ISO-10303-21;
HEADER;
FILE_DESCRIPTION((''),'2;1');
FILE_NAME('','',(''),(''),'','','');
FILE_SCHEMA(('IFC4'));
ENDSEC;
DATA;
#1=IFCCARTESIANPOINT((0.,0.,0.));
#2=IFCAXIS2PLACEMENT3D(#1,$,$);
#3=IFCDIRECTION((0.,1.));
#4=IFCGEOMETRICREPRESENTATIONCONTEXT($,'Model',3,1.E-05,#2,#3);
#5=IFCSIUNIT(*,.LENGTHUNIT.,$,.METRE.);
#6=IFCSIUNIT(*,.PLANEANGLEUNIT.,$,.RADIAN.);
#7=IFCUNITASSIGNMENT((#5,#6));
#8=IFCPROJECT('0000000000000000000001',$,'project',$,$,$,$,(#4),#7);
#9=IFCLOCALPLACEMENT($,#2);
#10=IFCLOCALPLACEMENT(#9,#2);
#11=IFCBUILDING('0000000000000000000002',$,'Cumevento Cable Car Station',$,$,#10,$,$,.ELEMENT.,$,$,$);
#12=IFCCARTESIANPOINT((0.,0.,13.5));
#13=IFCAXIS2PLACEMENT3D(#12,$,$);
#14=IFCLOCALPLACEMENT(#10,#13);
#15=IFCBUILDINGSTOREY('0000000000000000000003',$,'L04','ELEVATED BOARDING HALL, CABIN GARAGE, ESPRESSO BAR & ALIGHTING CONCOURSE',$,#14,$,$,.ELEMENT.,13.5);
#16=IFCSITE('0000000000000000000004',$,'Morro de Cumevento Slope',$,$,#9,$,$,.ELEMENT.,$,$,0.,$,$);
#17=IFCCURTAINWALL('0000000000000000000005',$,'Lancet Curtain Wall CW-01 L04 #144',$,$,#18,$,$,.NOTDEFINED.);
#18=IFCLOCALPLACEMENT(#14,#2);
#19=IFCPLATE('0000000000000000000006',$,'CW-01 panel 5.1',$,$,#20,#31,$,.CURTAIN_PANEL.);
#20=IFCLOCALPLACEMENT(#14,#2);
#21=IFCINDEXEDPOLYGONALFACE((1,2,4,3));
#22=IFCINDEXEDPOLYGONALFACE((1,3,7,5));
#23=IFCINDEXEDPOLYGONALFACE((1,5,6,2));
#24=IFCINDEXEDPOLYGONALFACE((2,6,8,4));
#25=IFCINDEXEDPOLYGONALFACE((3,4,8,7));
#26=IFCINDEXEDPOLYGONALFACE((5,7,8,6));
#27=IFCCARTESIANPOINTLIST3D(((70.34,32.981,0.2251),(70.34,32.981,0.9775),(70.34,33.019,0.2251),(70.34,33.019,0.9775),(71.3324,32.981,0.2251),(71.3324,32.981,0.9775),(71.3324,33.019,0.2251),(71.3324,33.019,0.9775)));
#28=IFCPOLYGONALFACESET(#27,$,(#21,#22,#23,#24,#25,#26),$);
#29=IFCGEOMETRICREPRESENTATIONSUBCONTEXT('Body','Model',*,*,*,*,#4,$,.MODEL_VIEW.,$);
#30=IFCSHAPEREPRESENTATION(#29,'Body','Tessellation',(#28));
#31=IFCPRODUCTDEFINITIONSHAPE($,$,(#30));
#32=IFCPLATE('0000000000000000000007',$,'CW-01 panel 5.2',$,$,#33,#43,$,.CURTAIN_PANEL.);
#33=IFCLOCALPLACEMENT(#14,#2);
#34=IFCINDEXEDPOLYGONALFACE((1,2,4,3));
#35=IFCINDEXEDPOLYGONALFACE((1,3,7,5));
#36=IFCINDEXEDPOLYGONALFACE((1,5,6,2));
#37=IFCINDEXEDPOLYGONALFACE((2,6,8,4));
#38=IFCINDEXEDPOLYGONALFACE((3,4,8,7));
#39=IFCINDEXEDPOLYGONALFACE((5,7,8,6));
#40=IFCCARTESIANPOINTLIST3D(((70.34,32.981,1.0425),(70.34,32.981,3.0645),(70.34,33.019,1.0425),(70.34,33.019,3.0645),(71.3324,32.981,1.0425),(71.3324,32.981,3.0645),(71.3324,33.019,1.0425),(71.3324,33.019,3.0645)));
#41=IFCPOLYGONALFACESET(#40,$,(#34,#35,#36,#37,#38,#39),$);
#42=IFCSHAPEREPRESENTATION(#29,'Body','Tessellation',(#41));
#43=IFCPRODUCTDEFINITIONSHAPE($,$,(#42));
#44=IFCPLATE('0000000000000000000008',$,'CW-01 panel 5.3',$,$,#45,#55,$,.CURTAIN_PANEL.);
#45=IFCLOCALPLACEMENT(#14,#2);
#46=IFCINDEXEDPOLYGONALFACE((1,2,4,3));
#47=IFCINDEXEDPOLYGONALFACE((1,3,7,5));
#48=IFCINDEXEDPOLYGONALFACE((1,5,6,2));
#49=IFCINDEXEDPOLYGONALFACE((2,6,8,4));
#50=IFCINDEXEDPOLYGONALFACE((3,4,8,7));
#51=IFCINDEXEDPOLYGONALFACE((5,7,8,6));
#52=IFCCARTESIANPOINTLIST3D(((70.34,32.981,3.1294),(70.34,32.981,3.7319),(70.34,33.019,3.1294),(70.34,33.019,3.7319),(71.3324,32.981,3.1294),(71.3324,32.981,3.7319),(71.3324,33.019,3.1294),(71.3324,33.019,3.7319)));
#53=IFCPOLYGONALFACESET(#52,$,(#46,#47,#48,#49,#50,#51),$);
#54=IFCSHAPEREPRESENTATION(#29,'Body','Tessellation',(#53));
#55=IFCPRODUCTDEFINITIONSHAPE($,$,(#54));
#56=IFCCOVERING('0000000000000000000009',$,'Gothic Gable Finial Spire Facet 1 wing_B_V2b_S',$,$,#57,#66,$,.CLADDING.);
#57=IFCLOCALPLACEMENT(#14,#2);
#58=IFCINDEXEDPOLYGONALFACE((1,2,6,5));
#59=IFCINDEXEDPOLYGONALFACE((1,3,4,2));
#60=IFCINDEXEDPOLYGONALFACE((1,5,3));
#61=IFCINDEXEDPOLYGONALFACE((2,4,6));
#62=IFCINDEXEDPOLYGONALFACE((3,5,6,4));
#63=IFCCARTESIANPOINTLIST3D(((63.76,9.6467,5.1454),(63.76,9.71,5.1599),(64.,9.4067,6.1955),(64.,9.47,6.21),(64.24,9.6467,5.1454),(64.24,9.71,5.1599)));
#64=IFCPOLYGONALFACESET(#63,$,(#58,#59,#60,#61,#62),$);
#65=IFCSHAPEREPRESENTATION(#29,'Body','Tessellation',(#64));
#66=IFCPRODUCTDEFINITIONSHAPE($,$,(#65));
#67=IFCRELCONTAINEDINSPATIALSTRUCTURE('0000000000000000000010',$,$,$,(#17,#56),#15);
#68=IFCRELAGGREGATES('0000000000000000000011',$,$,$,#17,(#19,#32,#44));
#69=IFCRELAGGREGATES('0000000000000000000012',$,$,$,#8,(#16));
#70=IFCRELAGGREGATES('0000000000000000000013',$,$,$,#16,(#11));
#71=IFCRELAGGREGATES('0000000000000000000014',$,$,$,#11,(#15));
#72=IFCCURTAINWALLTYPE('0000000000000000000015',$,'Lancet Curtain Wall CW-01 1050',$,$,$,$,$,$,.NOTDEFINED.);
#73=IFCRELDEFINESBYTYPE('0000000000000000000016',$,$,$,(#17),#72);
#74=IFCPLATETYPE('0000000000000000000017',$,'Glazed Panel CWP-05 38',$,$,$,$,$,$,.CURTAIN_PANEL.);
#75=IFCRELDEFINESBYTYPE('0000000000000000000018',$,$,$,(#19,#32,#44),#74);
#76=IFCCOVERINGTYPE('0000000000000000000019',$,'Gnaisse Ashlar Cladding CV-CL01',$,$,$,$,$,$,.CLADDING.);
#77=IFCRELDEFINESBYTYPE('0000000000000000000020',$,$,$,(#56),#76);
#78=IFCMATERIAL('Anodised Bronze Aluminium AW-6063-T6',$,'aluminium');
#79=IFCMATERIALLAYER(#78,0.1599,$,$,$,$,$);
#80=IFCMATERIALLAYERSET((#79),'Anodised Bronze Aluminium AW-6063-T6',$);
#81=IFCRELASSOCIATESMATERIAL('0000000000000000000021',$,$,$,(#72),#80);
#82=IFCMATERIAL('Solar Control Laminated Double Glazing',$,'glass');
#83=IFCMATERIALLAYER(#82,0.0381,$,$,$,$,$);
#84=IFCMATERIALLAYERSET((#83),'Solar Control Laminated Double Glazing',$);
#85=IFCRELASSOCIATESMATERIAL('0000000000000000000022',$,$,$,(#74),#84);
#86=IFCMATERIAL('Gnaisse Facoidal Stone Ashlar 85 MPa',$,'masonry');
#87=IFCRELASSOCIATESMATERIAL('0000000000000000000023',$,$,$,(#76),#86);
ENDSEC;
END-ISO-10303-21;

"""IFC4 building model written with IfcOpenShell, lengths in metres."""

from ifc_helpers import new_model, si_unit, direction, frame, origin, origin_2d, place, context, subcontext, project, spatial, polyline, rectangle, outline, extrude, material, layer, layer_set, type_object, element, aggregate, save


model = new_model("IFC4")

# Units and contexts
model_context = context("Model", 3, precision=1e-05, world=origin(), true_north=direction((0.0, 1.0)))
body_context = subcontext(model_context, "Body", "Model", "MODEL_VIEW")
ifc_project = project(units=[si_unit("LENGTHUNIT", "METRE"), si_unit("PLANEANGLEUNIT", "RADIAN")], contexts=[model_context])

# Site, building, storey
site_placement = place(None, origin())
site = spatial("IfcSite", under=ifc_project, at=site_placement, Name="Morro de Cumevento Slope", CompositionType="ELEMENT", RefElevation=0.0)
building_placement = place(site_placement, origin())
building = spatial("IfcBuilding", under=site, at=building_placement, Name="Cumevento Cable Car Station", CompositionType="ELEMENT")
storey_placement = place(building_placement, frame((0.0, 0.0, 13.5)))
storey = spatial("IfcBuildingStorey", under=building, at=storey_placement, Name="L04", Description="ELEVATED BOARDING HALL, CABIN GARAGE, ESPRESSO BAR & ALIGHTING CONCOURSE", CompositionType="ELEMENT", Elevation=13.5)

# Curtain wall
ifc_material_1 = material(Name="Anodised Bronze Aluminium AW-6063-T6", Category="aluminium")
ifc_layer_1 = layer(ifc_material_1, 0.1599)
ifc_layer_set_1 = layer_set([ifc_layer_1], Name="Anodised Bronze Aluminium AW-6063-T6")
curtain_wall_type = type_object("IfcCurtainWallType", Name="Lancet Curtain Wall CW-01 1050", PredefinedType="NOTDEFINED", material=ifc_layer_set_1)
curtain_wall_placement = place(storey_placement, origin())
curtain_wall = element("IfcCurtainWall", 1, at=curtain_wall_placement, inside=storey, type_object=curtain_wall_type, Name="Lancet Curtain Wall CW-01 L04 #144", PredefinedType="NOTDEFINED")

# Plates
ifc_material_2 = material(Name="Solar Control Laminated Double Glazing", Category="glass")
ifc_layer_2 = layer(ifc_material_2, 0.0381)
ifc_layer_set_2 = layer_set([ifc_layer_2], Name="Solar Control Laminated Double Glazing")
plate_type = type_object("IfcPlateType", Name="Glazed Panel CWP-05 38", PredefinedType="CURTAIN_PANEL", material=ifc_layer_set_2)
plate_1_placement = place(storey_placement, frame((70.8362, 33.0, 0.2251), z_axis=(0.0, 0.0, 1.0), x_axis=(-1.0, 0.0, 0.0)))
plate_1 = element("IfcPlate", 2, at=plate_1_placement, type_object=plate_type, Name="CW-01 panel 5.1", PredefinedType="CURTAIN_PANEL", context=body_context, shape_type="SweptSolid", body=[
    extrude(rectangle(XDim=0.9924, YDim=0.0381, at=origin_2d()), origin(), (0.0, 0.0, 1.0), 0.7524),
])
plate_2_placement = place(storey_placement, frame((70.8362, 33.0, 1.0425), z_axis=(0.0, 0.0, 1.0), x_axis=(-1.0, 0.0, 0.0)))
plate_2 = element("IfcPlate", 3, at=plate_2_placement, type_object=plate_type, Name="CW-01 panel 5.2", PredefinedType="CURTAIN_PANEL", context=body_context, shape_type="SweptSolid", body=[
    extrude(rectangle(XDim=0.9924, YDim=0.0381, at=origin_2d()), origin(), (0.0, 0.0, 1.0), 2.022),
])
plate_3_placement = place(storey_placement, frame((70.8362, 33.0, 3.1294), z_axis=(0.0, 0.0, 1.0), x_axis=(-1.0, 0.0, 0.0)))
plate_3 = element("IfcPlate", 4, at=plate_3_placement, type_object=plate_type, Name="CW-01 panel 5.3", PredefinedType="CURTAIN_PANEL", context=body_context, shape_type="SweptSolid", body=[
    extrude(rectangle(XDim=0.9924, YDim=0.0381, at=origin_2d()), origin(), (0.0, 0.0, 1.0), 0.6025),
])
aggregate(curtain_wall, [plate_1, plate_2, plate_3])

# Covering
ifc_material_3 = material(Name="Gnaisse Facoidal Stone Ashlar 85 MPa", Category="masonry")
covering_type = type_object("IfcCoveringType", Name="Gnaisse Ashlar Cladding CV-CL01", PredefinedType="CLADDING", material=ifc_material_3)
covering_1_placement = place(storey_placement, frame((64.24, 9.71, 5.1599), z_axis=(0.0, 0.974863, 0.222806), x_axis=(-1.0, 0.0, 0.0)))
element("IfcCovering", 5, at=covering_1_placement, inside=storey, type_object=covering_type, Name="Gothic Gable Finial Spire Facet 1 wing_B_V2b_S", PredefinedType="CLADDING", context=body_context, shape_type="SweptSolid", body=[
    extrude(outline(polyline([(0.0, 0.0), (0.48, 0.0), (0.24, 1.0771), (0.0, 0.0)])), origin(), (0.0, 0.0, -1.0), 0.0649),
])

save(model, "model.ifc")
